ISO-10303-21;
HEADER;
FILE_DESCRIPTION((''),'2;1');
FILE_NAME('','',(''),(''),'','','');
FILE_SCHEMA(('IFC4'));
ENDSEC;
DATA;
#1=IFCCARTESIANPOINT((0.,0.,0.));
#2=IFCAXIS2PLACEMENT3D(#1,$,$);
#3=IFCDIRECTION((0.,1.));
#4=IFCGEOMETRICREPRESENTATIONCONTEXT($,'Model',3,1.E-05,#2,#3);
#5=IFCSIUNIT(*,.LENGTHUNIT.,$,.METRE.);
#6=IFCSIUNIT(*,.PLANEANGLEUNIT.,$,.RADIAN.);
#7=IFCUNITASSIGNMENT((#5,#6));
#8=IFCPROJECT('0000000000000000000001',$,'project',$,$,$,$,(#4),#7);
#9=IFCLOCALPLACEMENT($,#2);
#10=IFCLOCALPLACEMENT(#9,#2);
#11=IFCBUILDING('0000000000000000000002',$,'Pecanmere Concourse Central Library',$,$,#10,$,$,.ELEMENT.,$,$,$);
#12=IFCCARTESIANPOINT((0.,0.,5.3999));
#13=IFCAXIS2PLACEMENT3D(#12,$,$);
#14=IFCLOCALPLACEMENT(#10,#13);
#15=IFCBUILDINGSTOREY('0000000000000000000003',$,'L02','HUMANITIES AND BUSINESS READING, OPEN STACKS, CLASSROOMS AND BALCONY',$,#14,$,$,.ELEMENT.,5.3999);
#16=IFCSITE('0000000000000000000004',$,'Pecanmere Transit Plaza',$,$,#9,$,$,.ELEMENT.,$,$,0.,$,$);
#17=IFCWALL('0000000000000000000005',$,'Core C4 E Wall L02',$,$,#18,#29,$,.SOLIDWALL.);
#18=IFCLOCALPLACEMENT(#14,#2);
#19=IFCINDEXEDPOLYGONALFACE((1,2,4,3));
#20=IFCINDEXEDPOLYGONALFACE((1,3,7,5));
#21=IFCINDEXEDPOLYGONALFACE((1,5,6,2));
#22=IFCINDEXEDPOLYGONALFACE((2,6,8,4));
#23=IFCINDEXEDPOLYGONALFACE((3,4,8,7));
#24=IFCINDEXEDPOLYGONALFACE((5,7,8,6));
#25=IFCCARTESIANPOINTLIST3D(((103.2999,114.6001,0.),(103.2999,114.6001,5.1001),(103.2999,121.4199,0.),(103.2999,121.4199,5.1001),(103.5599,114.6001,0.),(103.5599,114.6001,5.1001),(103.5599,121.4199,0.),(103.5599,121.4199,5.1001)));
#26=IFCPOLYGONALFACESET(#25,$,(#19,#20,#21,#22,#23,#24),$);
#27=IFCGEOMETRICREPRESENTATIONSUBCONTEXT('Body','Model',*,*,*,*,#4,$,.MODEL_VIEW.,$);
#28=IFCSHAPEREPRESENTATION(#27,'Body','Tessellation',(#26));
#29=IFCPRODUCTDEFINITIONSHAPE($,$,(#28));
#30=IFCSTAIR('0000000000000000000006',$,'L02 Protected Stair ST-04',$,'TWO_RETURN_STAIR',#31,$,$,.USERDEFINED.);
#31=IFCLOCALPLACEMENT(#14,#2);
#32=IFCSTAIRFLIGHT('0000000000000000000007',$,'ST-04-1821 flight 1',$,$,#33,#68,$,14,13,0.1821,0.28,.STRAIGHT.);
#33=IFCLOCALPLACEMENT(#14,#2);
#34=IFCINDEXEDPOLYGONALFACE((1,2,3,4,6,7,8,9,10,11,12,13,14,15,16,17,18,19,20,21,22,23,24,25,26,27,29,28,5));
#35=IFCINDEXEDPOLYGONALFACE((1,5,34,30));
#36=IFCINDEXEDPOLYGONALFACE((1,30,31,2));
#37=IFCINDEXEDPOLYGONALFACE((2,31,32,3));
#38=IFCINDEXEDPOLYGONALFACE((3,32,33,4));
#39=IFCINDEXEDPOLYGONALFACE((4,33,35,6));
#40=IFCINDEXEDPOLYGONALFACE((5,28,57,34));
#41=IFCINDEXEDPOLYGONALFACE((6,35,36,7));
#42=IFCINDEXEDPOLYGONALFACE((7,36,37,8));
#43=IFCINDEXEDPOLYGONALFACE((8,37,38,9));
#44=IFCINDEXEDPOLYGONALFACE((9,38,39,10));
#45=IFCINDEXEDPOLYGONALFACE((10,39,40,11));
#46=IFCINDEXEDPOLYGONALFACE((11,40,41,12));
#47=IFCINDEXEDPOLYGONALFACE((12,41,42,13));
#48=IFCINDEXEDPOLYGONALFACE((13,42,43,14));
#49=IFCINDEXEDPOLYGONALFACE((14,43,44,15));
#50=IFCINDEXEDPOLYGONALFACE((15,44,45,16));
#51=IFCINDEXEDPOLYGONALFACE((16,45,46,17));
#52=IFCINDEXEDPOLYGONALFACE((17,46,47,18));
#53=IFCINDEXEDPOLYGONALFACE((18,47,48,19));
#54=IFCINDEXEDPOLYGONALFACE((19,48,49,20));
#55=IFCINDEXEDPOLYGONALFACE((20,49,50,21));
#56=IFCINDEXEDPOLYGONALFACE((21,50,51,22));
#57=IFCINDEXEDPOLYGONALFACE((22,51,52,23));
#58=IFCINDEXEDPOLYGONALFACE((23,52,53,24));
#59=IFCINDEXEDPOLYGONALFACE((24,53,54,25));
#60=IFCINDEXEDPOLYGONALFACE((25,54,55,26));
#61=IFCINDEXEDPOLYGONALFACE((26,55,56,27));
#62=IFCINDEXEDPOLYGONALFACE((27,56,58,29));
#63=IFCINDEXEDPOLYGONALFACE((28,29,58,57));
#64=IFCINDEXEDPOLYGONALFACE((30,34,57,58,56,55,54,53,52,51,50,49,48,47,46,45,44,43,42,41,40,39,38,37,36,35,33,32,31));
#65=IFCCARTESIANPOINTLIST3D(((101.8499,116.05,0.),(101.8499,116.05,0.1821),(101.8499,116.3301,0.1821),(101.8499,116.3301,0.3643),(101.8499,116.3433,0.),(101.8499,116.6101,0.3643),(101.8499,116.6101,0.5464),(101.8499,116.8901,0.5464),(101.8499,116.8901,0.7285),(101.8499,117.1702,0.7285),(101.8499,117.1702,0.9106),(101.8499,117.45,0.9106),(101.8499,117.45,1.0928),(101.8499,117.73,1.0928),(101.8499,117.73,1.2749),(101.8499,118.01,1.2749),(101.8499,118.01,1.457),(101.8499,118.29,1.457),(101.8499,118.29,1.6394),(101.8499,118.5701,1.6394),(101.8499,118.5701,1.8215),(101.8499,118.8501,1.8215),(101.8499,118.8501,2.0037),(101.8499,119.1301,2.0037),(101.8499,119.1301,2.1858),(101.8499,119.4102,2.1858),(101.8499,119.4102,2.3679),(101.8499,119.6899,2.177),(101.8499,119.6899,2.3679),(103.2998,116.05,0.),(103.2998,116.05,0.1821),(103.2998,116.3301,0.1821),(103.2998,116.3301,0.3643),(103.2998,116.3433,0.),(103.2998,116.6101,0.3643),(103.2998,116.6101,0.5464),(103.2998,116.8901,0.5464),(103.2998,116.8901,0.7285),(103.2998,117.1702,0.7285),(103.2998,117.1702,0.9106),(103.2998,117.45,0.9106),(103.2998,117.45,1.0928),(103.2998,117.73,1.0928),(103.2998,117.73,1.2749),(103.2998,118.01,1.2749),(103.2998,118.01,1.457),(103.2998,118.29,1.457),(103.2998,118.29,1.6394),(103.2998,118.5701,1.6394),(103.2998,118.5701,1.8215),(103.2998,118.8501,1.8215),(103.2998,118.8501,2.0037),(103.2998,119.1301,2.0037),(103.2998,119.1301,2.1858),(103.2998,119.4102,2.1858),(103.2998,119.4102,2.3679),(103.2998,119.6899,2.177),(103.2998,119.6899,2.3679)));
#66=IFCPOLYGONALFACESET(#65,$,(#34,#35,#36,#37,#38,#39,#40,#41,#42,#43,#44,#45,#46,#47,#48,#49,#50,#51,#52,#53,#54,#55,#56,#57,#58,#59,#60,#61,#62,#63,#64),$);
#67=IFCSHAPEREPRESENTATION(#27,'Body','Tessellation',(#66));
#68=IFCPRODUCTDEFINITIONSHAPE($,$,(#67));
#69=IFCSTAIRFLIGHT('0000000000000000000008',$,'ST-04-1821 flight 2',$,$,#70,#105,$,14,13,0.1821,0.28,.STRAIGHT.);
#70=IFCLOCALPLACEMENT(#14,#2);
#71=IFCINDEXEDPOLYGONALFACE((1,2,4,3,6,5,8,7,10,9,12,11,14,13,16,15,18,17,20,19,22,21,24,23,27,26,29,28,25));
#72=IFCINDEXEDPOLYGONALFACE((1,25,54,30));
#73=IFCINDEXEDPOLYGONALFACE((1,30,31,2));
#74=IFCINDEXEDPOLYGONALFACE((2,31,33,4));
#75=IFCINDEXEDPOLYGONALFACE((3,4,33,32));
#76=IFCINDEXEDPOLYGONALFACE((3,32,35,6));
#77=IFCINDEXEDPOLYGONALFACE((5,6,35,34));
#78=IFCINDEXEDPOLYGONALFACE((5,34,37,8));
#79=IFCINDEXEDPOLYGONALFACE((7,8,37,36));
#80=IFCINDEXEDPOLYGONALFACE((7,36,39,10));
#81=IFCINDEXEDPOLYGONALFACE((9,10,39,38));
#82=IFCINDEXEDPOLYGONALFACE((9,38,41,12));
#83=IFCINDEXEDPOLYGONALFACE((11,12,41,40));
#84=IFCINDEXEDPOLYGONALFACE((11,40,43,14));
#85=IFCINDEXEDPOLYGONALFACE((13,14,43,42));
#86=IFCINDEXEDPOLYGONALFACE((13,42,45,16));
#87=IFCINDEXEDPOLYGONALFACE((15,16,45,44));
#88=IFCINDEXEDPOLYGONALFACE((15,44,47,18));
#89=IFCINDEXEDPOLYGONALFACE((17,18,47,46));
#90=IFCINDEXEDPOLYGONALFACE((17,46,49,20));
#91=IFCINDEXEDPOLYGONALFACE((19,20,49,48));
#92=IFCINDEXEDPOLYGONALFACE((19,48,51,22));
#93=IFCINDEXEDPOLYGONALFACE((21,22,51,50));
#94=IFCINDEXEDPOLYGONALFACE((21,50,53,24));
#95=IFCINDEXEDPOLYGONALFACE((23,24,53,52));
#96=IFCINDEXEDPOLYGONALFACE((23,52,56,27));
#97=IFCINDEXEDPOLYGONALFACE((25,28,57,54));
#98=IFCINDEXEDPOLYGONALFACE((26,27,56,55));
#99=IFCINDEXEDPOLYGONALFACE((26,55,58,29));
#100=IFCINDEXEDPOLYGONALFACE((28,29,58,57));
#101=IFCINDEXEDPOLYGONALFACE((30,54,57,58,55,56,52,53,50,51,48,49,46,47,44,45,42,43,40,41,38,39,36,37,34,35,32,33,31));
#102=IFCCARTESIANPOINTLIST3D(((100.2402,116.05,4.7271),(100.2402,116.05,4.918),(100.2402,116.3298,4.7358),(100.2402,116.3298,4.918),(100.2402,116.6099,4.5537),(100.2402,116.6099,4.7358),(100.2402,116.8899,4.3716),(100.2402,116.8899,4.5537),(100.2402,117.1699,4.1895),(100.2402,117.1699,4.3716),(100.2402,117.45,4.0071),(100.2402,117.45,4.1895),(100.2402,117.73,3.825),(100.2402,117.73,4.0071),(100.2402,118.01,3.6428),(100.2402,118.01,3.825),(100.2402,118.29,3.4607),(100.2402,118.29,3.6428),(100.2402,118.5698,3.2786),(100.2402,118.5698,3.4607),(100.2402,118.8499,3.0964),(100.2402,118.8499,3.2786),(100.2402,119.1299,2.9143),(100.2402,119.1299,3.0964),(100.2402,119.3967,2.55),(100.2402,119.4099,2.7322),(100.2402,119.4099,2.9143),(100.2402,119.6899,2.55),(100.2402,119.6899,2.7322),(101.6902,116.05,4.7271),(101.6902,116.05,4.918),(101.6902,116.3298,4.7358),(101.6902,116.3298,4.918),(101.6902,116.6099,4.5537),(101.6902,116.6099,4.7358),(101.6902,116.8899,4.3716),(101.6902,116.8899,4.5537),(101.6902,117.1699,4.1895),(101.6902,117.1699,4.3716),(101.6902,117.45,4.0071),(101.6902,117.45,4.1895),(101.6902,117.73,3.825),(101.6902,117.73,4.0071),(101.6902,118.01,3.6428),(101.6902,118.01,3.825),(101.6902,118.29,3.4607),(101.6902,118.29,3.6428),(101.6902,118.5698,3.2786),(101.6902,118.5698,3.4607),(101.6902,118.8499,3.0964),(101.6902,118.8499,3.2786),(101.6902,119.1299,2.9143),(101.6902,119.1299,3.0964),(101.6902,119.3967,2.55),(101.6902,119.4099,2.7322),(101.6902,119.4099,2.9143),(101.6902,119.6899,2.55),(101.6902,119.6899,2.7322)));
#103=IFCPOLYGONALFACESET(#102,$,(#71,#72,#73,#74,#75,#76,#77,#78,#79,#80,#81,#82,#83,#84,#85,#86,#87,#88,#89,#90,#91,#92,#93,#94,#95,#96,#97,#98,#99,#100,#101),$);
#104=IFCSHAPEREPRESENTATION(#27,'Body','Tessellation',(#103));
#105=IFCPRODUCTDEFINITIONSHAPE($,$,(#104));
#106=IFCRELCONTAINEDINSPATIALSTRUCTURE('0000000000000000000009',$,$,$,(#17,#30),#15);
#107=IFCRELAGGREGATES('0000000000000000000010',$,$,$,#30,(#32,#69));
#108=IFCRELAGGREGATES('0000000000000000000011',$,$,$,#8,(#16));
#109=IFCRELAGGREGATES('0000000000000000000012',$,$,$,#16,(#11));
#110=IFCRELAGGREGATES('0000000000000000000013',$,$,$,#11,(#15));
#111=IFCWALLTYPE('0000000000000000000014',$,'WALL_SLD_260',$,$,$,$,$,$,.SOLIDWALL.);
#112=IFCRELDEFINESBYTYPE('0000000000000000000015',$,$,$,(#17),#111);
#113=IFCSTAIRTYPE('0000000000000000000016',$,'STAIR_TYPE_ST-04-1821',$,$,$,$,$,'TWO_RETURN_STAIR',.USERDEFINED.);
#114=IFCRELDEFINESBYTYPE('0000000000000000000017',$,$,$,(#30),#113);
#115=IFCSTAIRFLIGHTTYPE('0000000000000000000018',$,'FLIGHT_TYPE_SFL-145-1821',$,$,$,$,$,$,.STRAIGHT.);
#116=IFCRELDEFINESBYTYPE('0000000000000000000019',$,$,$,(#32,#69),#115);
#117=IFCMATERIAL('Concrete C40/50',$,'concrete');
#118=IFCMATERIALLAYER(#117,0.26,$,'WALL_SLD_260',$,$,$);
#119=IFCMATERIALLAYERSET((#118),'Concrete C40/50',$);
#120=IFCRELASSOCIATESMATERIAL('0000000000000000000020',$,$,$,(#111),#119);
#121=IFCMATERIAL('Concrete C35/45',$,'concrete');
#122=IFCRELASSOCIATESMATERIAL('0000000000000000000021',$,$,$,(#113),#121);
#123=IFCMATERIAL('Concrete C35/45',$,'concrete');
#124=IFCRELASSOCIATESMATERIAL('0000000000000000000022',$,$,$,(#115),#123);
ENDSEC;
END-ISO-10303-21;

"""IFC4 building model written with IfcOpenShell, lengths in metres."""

from ifc_helpers import new_model, si_unit, direction, frame, frame_2d, origin, place, context, subcontext, project, spatial, polyline, rectangle, outline, extrude, material, layer, layer_set, type_object, element, aggregate, save


model = new_model("IFC4")

# Units and contexts
model_context = context("Model", 3, precision=1e-05, world=origin(), true_north=direction((0.0, 1.0)))
body_context = subcontext(model_context, "Body", "Model", "MODEL_VIEW")
ifc_project = project(units=[si_unit("LENGTHUNIT", "METRE"), si_unit("PLANEANGLEUNIT", "RADIAN")], contexts=[model_context])

# Site, building, storey
site_placement = place(None, origin())
site = spatial("IfcSite", under=ifc_project, at=site_placement, Name="Pecanmere Transit Plaza", CompositionType="ELEMENT", RefElevation=0.0)
building_placement = place(site_placement, origin())
building = spatial("IfcBuilding", under=site, at=building_placement, Name="Pecanmere Concourse Central Library", CompositionType="ELEMENT")
storey_placement = place(building_placement, frame((0.0, 0.0, 5.3999)))
storey = spatial("IfcBuildingStorey", under=building, at=storey_placement, Name="L02", Description="HUMANITIES AND BUSINESS READING, OPEN STACKS, CLASSROOMS AND BALCONY", CompositionType="ELEMENT", Elevation=5.3999)

# Shared definitions
ifc_material_1 = material(Name="Concrete C40/50", Category="concrete")
ifc_layer_1 = layer(ifc_material_1, 0.26, Name="WALL_SLD_260")
ifc_layer_set_1 = layer_set([ifc_layer_1], Name="Concrete C40/50")
wall_type = type_object("IfcWallType", Name="WALL_SLD_260", PredefinedType="SOLIDWALL", material=ifc_layer_set_1)

# Wall
for number, where, z_axis, x_axis, name in (
    (1, (103.4299, 114.6001, 0.0), (0.0, 0.0, 1.0), (0.0, 1.0, 0.0), "Core C4 E Wall L02"),
):
    element("IfcWall", number, at=place(storey_placement, frame(where, z_axis=z_axis, x_axis=x_axis)), inside=storey, type_object=wall_type, Name=name, PredefinedType="SOLIDWALL", context=body_context, shape_type="SweptSolid", body=[
        extrude(rectangle(XDim=6.8198, YDim=0.26, at=frame_2d((3.4099, 0.0))), origin(), (0.0, 0.0, 1.0), 5.1001),
    ])

# Stair, stair flights
ifc_material_2 = material(Name="Concrete C35/45", Category="concrete")
stair_type = type_object("IfcStairType", Name="STAIR_TYPE_ST-04-1821", ElementType="TWO_RETURN_STAIR", PredefinedType="USERDEFINED", material=ifc_material_2)
stair_placement = place(storey_placement, origin())
stair = element("IfcStair", 2, at=stair_placement, inside=storey, type_object=stair_type, Name="L02 Protected Stair ST-04", ObjectType="TWO_RETURN_STAIR", PredefinedType="USERDEFINED")
ifc_material_3 = material(Name="Concrete C35/45", Category="concrete")
stair_flight_type = type_object("IfcStairFlightType", Name="FLIGHT_TYPE_SFL-145-1821", PredefinedType="STRAIGHT", material=ifc_material_3)
stair_flight_1_placement = place(storey_placement, frame((102.575, 116.05, 0.0), z_axis=(0.0, 0.0, 1.0), x_axis=(0.0, 1.0, 0.0)))
stair_flight_1 = element("IfcStairFlight", 3, at=stair_flight_1_placement, type_object=stair_flight_type, Name="ST-04-1821 flight 1", NumberOfRisers=14, NumberOfTreads=13, PredefinedType="STRAIGHT", RiserHeight=0.1821, TreadLength=0.28, context=body_context, shape_type="SweptSolid", body=[
    extrude(outline(polyline([(0.0, 0.0), (0.0, 0.1821), (0.28, 0.1821), (0.28, 0.3643), (0.5601, 0.3643), (0.5601, 0.5464), (0.8401, 0.5464), (0.8401, 0.7285), (1.1201, 0.7285), (1.1201, 0.9106), (1.3999, 0.9106), (1.3999, 1.0928), (1.6799, 1.0928), (1.6799, 1.2749), (1.96, 1.2749), (1.96, 1.457), (2.24, 1.457), (2.24, 1.6394), (2.52, 1.6394), (2.52, 1.8215), (2.8, 1.8215), (2.8, 2.0037), (3.0801, 2.0037), (3.0801, 2.1858), (3.3601, 2.1858), (3.3601, 2.3679), (3.6399, 2.3679), (3.6399, 2.55), (3.6399, 2.177), (0.2932, 0.0), (0.0, 0.0)])), frame((0.0, 0.7251, 0.0), z_axis=(0.0, -1.0, 0.0), x_axis=(1.0, 0.0, 0.0)), (0.0, 0.0, 1.0), 1.45),
])
stair_flight_2_placement = place(storey_placement, frame((100.9651, 119.6899, 2.55), z_axis=(0.0, 0.0, 1.0), x_axis=(0.0, -1.0, 0.0)))
stair_flight_2 = element("IfcStairFlight", 4, at=stair_flight_2_placement, type_object=stair_flight_type, Name="ST-04-1821 flight 2", NumberOfRisers=14, NumberOfTreads=13, PredefinedType="STRAIGHT", RiserHeight=0.1821, TreadLength=0.28, context=body_context, shape_type="SweptSolid", body=[
    extrude(outline(polyline([(0.0, 0.0), (0.0, 0.1821), (0.28, 0.1821), (0.28, 0.3643), (0.5601, 0.3643), (0.5601, 0.5464), (0.8401, 0.5464), (0.8401, 0.7285), (1.1201, 0.7285), (1.1201, 0.9106), (1.3999, 0.9106), (1.3999, 1.0928), (1.6799, 1.0928), (1.6799, 1.2749), (1.96, 1.2749), (1.96, 1.457), (2.24, 1.457), (2.24, 1.6394), (2.52, 1.6394), (2.52, 1.8215), (2.8, 1.8215), (2.8, 2.0037), (3.0801, 2.0037), (3.0801, 2.1858), (3.3601, 2.1858), (3.3601, 2.3679), (3.6399, 2.3679), (3.6399, 2.55), (3.6399, 2.177), (0.2932, 0.0), (0.0, 0.0)])), frame((0.0, 0.7251, 0.0), z_axis=(0.0, -1.0, 0.0), x_axis=(1.0, 0.0, 0.0)), (0.0, 0.0, 1.0), 1.45),
])
aggregate(stair, [stair_flight_1, stair_flight_2])

save(model, "model.ifc")
